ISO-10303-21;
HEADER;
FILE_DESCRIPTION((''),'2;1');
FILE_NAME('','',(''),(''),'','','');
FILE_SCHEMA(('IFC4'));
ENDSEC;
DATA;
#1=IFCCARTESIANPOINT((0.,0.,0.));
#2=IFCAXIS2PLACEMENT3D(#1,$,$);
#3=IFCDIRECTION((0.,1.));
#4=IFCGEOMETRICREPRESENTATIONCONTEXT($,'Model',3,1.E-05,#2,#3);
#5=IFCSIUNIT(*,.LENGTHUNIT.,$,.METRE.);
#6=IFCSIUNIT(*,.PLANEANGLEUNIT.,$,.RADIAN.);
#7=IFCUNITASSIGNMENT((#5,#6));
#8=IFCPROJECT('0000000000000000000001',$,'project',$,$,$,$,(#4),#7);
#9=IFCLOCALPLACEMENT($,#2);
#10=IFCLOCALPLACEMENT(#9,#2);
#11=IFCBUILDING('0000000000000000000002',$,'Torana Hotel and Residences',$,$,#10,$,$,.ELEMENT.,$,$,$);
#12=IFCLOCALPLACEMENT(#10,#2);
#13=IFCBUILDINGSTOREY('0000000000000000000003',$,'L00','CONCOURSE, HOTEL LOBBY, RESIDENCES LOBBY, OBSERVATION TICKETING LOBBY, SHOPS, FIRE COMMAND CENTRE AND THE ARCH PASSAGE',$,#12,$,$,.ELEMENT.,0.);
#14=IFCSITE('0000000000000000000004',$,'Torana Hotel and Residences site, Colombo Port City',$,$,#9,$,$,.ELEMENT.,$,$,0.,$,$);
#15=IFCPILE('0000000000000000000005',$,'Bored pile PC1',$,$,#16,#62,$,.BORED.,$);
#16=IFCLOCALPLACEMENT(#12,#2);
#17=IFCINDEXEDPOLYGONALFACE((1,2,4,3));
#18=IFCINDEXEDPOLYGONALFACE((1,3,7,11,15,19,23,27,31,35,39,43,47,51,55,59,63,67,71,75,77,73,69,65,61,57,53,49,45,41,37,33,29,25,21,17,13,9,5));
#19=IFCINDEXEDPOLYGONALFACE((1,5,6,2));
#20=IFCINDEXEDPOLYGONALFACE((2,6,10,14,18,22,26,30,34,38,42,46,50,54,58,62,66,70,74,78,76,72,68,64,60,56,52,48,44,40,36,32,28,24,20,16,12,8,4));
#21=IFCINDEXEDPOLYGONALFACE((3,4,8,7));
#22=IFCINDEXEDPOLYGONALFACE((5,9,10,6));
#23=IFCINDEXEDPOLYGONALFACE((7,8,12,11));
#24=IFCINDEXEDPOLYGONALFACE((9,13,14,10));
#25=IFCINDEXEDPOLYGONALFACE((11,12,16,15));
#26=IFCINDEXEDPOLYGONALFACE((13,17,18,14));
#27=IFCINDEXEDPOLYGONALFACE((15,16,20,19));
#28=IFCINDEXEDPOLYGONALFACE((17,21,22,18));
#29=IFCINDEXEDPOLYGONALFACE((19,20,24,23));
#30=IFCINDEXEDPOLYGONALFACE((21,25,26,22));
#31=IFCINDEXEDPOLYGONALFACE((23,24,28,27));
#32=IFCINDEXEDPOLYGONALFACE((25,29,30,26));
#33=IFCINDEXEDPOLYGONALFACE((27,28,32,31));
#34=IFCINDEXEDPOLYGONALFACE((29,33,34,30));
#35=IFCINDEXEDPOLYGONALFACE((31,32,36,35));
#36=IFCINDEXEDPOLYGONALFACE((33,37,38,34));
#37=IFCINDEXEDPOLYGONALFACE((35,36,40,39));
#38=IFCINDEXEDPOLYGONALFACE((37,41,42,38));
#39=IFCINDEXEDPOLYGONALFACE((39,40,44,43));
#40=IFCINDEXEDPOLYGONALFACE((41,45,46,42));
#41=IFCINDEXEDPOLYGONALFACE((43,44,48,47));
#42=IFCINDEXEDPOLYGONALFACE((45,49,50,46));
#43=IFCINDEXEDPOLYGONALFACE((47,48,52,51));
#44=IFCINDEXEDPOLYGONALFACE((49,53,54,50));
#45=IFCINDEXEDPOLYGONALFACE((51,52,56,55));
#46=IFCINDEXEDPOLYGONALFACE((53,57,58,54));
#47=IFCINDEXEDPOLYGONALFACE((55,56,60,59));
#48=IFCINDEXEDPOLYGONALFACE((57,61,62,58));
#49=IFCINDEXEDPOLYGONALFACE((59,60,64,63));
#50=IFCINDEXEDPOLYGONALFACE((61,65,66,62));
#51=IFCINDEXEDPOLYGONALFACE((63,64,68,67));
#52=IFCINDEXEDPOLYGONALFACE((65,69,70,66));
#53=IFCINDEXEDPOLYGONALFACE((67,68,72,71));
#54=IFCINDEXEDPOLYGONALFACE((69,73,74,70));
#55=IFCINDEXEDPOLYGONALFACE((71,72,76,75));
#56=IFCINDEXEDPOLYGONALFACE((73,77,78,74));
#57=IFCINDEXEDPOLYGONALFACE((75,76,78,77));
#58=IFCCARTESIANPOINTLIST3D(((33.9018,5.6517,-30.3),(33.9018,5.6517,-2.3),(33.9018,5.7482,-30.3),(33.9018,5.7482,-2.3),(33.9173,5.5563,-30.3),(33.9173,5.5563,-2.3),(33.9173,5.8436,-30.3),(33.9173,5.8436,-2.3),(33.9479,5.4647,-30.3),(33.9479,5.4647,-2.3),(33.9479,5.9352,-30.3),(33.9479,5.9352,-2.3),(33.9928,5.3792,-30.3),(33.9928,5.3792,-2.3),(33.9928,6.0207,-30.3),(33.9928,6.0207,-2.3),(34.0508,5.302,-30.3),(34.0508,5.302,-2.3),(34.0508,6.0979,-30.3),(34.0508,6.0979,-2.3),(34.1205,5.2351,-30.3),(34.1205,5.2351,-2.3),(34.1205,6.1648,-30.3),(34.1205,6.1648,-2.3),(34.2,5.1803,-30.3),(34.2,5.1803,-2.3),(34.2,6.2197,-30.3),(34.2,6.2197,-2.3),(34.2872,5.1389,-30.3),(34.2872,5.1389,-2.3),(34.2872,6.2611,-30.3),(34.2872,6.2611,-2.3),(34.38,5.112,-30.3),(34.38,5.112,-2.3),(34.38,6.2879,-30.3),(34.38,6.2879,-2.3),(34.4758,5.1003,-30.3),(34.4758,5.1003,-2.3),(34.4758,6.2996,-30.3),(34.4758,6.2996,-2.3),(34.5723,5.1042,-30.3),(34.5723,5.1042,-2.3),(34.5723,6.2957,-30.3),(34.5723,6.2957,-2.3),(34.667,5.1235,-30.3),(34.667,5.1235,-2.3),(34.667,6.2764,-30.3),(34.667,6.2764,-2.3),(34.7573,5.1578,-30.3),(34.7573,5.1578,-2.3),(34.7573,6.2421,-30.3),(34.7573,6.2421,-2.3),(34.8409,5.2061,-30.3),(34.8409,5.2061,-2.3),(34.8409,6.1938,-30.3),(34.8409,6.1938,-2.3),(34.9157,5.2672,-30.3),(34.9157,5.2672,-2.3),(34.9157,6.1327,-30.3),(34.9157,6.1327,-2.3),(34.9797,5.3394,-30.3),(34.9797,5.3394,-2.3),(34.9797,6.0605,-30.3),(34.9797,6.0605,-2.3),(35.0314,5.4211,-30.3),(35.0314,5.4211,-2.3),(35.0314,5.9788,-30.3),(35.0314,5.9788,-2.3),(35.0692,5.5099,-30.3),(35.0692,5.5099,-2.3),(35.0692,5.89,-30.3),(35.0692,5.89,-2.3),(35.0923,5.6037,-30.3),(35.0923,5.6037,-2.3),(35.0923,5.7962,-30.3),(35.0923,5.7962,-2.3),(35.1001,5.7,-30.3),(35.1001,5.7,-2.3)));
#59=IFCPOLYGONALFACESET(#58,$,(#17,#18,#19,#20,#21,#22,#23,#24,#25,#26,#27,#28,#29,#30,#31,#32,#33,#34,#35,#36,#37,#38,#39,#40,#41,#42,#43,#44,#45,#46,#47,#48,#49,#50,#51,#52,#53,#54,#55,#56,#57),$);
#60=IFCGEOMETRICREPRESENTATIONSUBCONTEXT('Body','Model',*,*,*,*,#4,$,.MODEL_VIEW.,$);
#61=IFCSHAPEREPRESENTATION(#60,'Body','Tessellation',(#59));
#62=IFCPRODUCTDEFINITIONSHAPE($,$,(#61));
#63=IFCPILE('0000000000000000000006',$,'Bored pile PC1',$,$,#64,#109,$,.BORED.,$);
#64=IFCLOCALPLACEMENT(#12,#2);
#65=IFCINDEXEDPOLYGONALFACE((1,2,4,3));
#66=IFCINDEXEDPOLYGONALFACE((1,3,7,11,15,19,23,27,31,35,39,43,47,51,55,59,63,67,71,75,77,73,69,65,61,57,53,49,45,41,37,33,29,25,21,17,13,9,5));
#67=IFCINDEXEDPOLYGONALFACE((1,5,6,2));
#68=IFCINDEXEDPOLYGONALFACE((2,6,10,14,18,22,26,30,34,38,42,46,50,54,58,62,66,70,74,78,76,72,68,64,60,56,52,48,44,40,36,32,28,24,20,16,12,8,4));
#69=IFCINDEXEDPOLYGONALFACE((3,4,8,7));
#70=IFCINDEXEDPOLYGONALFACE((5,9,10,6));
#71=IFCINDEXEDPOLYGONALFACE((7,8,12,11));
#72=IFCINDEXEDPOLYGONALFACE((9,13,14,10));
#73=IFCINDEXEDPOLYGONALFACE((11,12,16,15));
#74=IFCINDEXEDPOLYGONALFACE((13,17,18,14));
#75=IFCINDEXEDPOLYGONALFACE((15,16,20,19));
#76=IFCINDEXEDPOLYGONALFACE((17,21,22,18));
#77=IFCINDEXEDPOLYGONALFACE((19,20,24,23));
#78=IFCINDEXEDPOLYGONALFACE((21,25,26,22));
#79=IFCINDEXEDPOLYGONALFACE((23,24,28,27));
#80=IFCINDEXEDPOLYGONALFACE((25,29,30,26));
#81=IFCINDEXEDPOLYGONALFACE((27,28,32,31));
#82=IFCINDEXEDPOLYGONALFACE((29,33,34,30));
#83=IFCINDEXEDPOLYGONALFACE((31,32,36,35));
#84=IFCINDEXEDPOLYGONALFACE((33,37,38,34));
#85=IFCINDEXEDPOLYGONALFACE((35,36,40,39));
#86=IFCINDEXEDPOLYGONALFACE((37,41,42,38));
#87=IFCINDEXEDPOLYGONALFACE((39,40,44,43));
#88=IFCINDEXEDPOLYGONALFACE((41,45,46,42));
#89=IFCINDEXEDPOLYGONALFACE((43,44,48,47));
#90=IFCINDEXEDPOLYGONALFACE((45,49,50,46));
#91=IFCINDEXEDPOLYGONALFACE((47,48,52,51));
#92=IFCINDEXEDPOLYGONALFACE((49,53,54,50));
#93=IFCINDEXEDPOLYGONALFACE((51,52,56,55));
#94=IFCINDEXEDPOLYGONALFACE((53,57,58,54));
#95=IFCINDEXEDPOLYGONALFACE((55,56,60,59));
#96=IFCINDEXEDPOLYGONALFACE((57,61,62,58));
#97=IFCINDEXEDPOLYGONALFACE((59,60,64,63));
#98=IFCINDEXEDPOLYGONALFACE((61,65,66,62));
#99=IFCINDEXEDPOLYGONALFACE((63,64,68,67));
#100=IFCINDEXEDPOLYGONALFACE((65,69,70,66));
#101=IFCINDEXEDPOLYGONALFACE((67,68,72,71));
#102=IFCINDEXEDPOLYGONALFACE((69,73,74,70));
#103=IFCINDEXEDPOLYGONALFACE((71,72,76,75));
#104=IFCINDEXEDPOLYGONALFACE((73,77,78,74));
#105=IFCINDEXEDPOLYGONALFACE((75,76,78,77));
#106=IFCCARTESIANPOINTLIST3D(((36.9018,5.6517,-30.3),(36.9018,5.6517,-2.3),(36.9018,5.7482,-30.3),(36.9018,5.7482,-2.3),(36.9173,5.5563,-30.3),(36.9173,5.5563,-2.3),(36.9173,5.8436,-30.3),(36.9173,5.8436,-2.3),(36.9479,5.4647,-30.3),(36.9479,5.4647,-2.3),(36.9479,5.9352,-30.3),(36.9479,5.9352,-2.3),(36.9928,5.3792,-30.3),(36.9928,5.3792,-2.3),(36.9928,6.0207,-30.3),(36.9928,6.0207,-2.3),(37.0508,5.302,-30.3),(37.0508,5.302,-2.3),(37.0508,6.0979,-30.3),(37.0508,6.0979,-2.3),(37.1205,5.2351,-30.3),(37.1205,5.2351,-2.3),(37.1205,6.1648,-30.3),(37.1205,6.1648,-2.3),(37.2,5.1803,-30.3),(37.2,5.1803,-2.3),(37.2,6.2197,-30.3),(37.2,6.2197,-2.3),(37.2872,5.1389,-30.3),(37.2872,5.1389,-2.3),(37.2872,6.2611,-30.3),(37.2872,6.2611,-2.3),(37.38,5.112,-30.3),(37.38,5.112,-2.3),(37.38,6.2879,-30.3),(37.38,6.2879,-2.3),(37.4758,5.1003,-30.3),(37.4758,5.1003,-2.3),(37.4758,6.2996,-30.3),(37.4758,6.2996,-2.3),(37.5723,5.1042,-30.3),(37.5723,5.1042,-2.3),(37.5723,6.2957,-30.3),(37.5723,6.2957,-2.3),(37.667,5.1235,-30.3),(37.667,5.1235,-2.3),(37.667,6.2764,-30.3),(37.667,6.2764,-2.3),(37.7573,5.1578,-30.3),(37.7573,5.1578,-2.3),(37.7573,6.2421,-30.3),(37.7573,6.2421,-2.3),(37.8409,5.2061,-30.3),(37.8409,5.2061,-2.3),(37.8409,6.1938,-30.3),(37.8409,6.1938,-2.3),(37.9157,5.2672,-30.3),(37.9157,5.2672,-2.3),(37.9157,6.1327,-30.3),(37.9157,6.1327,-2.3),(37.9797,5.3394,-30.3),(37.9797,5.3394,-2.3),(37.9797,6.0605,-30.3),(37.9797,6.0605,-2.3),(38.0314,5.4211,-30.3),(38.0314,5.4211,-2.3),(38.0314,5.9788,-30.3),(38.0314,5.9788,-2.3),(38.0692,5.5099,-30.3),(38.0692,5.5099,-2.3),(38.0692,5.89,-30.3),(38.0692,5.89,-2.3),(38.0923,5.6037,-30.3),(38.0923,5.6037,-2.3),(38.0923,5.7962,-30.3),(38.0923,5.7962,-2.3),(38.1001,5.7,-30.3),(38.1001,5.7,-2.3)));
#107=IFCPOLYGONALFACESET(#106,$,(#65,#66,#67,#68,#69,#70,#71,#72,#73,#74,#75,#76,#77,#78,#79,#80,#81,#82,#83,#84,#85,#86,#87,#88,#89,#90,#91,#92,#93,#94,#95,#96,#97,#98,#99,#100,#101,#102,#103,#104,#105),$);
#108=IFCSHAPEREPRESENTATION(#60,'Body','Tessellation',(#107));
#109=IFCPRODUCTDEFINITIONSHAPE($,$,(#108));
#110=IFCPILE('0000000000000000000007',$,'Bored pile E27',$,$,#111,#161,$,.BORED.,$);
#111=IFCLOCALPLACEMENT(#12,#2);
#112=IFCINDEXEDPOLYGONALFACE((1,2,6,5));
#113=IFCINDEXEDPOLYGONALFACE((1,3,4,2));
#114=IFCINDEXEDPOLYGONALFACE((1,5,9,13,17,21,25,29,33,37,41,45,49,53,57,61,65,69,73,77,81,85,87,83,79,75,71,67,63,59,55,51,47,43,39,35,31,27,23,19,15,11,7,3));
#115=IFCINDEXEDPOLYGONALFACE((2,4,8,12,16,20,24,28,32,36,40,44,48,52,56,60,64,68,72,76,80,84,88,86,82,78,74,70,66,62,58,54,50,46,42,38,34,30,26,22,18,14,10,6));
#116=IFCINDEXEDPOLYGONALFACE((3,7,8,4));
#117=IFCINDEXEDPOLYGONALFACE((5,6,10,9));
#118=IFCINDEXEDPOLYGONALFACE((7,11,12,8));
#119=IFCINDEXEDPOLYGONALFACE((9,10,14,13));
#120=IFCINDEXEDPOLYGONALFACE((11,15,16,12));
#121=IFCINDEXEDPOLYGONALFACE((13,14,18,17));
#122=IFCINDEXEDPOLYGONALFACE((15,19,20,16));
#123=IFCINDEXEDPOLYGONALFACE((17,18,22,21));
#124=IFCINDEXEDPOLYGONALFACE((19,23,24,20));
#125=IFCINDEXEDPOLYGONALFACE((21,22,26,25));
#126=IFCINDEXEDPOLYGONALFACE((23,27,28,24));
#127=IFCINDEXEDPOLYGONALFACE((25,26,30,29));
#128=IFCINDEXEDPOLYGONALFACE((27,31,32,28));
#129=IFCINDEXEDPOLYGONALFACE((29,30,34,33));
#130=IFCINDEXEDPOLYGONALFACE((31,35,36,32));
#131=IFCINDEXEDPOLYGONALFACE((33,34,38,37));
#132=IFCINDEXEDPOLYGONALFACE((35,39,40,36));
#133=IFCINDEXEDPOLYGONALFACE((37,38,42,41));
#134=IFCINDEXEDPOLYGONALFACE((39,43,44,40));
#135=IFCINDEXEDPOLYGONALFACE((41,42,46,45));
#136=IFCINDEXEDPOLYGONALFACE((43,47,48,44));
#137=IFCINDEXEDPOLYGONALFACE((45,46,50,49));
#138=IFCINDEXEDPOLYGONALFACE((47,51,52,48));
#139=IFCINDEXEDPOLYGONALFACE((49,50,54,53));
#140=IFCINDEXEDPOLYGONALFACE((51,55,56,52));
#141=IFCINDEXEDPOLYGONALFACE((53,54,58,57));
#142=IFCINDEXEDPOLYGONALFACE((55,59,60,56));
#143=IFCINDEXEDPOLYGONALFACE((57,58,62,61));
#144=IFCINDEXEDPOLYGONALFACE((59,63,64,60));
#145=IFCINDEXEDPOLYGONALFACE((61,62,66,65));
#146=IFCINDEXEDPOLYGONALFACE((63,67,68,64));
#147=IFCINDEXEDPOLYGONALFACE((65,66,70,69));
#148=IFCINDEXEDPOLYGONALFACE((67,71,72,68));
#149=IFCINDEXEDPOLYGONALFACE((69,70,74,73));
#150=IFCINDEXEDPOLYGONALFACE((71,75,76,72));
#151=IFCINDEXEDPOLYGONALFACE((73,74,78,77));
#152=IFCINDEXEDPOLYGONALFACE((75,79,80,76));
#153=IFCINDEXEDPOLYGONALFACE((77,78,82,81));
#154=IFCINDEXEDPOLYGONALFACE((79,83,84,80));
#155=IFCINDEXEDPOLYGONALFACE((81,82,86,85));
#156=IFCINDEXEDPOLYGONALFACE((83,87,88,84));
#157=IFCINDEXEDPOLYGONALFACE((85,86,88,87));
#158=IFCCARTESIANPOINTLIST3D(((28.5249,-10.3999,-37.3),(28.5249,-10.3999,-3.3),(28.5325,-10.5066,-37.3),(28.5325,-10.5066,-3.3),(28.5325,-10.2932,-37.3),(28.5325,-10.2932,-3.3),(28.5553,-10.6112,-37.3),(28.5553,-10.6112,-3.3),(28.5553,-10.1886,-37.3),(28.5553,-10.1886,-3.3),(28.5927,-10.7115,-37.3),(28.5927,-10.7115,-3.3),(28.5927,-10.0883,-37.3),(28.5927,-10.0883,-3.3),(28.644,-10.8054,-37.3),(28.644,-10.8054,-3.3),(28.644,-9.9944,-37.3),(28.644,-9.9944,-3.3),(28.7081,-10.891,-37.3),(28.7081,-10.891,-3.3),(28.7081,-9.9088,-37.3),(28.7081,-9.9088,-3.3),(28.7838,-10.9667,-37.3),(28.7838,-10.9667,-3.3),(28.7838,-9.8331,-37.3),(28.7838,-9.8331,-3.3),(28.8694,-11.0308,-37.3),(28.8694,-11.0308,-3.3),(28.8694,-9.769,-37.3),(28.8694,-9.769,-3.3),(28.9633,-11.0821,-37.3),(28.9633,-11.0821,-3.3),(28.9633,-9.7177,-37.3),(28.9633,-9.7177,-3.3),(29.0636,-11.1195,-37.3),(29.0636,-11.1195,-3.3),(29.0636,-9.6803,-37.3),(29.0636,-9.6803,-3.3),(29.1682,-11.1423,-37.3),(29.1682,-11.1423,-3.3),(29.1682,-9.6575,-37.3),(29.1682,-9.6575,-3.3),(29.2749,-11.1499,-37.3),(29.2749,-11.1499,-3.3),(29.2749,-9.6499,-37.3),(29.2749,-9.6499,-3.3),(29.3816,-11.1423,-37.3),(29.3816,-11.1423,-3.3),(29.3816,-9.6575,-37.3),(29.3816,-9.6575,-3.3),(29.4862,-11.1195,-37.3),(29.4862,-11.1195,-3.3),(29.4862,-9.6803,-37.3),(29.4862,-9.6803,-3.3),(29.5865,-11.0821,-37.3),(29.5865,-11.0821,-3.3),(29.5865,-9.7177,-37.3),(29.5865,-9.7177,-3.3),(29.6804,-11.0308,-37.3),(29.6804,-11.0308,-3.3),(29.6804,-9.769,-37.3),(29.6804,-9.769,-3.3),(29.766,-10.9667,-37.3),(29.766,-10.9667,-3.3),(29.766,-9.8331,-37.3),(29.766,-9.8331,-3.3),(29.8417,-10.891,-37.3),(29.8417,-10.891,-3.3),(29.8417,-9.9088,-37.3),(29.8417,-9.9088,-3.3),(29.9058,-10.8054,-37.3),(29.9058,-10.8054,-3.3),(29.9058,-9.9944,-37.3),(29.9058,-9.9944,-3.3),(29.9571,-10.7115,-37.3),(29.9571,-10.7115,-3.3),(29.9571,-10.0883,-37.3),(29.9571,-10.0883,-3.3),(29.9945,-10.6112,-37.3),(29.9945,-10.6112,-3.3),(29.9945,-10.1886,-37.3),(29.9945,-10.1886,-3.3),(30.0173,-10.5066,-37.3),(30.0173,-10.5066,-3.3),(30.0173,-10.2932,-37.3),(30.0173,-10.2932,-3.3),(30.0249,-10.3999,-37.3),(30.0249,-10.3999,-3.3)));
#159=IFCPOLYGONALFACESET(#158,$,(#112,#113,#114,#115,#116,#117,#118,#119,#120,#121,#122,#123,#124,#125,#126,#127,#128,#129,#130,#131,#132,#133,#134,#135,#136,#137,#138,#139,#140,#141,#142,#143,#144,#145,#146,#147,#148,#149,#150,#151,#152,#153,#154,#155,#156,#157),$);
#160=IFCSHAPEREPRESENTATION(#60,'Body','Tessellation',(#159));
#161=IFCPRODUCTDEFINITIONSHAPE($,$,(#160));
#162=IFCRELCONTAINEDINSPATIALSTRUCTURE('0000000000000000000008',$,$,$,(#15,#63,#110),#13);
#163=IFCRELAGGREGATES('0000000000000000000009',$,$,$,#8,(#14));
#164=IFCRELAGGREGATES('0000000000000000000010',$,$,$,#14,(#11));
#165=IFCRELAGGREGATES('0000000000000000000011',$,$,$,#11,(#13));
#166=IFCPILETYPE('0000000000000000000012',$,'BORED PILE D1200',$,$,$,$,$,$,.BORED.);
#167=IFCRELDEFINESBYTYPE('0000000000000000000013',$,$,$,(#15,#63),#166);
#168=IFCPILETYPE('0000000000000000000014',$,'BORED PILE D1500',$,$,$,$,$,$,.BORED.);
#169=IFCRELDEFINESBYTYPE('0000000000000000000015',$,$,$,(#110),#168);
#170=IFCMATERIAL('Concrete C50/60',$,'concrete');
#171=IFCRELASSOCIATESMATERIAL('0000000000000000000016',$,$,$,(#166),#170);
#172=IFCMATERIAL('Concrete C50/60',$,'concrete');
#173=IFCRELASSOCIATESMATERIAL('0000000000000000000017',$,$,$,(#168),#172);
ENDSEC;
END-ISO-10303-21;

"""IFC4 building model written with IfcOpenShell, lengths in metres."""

from ifc_helpers import new_model, si_unit, direction, frame, origin, origin_2d, place, context, subcontext, project, spatial, circle, extrude, material, type_object, element, save


model = new_model("IFC4")

# Units and contexts
model_context = context("Model", 3, precision=1e-05, world=origin(), true_north=direction((0.0, 1.0)))
body_context = subcontext(model_context, "Body", "Model", "MODEL_VIEW")
ifc_project = project(units=[si_unit("LENGTHUNIT", "METRE"), si_unit("PLANEANGLEUNIT", "RADIAN")], contexts=[model_context])

# Site, building, storey
site_placement = place(None, origin())
site = spatial("IfcSite", under=ifc_project, at=site_placement, Name="Torana Hotel and Residences site, Colombo Port City", CompositionType="ELEMENT", RefElevation=0.0)
building_placement = place(site_placement, origin())
building = spatial("IfcBuilding", under=site, at=building_placement, Name="Torana Hotel and Residences", CompositionType="ELEMENT")
storey_placement = place(building_placement, origin())
storey = spatial("IfcBuildingStorey", under=building, at=storey_placement, Name="L00", Description="CONCOURSE, HOTEL LOBBY, RESIDENCES LOBBY, OBSERVATION TICKETING LOBBY, SHOPS, FIRE COMMAND CENTRE AND THE ARCH PASSAGE", CompositionType="ELEMENT", Elevation=0.0)

# Piles
ifc_material_1 = material(Name="Concrete C50/60", Category="concrete")
pile_type_1 = type_object("IfcPileType", Name="BORED PILE D1200", PredefinedType="BORED", material=ifc_material_1)
for number, where, z_axis, x_axis, name in (
    (1, (34.5, 5.7, -2.3), (0.0, 0.0, -1.0), (1.0, 0.0, 0.0), "Bored pile PC1"),
    (2, (37.5, 5.7, -2.3), (0.0, 0.0, -1.0), (1.0, 0.0, 0.0), "Bored pile PC1"),
):
    element("IfcPile", number, at=place(storey_placement, frame(where, z_axis=z_axis, x_axis=x_axis)), inside=storey, type_object=pile_type_1, Name=name, PredefinedType="BORED", context=body_context, shape_type="SweptSolid", body=[
        extrude(circle(Radius=0.6001, at=origin_2d()), origin(), (0.0, 0.0, 1.0), 28.0),
    ])
ifc_material_2 = material(Name="Concrete C50/60", Category="concrete")
pile_type_2 = type_object("IfcPileType", Name="BORED PILE D1500", PredefinedType="BORED", material=ifc_material_2)
for number, where, z_axis, x_axis, name in (
    (3, (29.2749, -10.3999, -3.3), (0.0, 0.0, -1.0), (1.0, 0.0, 0.0), "Bored pile E27"),
):
    element("IfcPile", number, at=place(storey_placement, frame(where, z_axis=z_axis, x_axis=x_axis)), inside=storey, type_object=pile_type_2, Name=name, PredefinedType="BORED", context=body_context, shape_type="SweptSolid", body=[
        extrude(circle(Radius=0.75, at=origin_2d()), origin(), (0.0, 0.0, 1.0), 34.0),
    ])

save(model, "model.ifc")
